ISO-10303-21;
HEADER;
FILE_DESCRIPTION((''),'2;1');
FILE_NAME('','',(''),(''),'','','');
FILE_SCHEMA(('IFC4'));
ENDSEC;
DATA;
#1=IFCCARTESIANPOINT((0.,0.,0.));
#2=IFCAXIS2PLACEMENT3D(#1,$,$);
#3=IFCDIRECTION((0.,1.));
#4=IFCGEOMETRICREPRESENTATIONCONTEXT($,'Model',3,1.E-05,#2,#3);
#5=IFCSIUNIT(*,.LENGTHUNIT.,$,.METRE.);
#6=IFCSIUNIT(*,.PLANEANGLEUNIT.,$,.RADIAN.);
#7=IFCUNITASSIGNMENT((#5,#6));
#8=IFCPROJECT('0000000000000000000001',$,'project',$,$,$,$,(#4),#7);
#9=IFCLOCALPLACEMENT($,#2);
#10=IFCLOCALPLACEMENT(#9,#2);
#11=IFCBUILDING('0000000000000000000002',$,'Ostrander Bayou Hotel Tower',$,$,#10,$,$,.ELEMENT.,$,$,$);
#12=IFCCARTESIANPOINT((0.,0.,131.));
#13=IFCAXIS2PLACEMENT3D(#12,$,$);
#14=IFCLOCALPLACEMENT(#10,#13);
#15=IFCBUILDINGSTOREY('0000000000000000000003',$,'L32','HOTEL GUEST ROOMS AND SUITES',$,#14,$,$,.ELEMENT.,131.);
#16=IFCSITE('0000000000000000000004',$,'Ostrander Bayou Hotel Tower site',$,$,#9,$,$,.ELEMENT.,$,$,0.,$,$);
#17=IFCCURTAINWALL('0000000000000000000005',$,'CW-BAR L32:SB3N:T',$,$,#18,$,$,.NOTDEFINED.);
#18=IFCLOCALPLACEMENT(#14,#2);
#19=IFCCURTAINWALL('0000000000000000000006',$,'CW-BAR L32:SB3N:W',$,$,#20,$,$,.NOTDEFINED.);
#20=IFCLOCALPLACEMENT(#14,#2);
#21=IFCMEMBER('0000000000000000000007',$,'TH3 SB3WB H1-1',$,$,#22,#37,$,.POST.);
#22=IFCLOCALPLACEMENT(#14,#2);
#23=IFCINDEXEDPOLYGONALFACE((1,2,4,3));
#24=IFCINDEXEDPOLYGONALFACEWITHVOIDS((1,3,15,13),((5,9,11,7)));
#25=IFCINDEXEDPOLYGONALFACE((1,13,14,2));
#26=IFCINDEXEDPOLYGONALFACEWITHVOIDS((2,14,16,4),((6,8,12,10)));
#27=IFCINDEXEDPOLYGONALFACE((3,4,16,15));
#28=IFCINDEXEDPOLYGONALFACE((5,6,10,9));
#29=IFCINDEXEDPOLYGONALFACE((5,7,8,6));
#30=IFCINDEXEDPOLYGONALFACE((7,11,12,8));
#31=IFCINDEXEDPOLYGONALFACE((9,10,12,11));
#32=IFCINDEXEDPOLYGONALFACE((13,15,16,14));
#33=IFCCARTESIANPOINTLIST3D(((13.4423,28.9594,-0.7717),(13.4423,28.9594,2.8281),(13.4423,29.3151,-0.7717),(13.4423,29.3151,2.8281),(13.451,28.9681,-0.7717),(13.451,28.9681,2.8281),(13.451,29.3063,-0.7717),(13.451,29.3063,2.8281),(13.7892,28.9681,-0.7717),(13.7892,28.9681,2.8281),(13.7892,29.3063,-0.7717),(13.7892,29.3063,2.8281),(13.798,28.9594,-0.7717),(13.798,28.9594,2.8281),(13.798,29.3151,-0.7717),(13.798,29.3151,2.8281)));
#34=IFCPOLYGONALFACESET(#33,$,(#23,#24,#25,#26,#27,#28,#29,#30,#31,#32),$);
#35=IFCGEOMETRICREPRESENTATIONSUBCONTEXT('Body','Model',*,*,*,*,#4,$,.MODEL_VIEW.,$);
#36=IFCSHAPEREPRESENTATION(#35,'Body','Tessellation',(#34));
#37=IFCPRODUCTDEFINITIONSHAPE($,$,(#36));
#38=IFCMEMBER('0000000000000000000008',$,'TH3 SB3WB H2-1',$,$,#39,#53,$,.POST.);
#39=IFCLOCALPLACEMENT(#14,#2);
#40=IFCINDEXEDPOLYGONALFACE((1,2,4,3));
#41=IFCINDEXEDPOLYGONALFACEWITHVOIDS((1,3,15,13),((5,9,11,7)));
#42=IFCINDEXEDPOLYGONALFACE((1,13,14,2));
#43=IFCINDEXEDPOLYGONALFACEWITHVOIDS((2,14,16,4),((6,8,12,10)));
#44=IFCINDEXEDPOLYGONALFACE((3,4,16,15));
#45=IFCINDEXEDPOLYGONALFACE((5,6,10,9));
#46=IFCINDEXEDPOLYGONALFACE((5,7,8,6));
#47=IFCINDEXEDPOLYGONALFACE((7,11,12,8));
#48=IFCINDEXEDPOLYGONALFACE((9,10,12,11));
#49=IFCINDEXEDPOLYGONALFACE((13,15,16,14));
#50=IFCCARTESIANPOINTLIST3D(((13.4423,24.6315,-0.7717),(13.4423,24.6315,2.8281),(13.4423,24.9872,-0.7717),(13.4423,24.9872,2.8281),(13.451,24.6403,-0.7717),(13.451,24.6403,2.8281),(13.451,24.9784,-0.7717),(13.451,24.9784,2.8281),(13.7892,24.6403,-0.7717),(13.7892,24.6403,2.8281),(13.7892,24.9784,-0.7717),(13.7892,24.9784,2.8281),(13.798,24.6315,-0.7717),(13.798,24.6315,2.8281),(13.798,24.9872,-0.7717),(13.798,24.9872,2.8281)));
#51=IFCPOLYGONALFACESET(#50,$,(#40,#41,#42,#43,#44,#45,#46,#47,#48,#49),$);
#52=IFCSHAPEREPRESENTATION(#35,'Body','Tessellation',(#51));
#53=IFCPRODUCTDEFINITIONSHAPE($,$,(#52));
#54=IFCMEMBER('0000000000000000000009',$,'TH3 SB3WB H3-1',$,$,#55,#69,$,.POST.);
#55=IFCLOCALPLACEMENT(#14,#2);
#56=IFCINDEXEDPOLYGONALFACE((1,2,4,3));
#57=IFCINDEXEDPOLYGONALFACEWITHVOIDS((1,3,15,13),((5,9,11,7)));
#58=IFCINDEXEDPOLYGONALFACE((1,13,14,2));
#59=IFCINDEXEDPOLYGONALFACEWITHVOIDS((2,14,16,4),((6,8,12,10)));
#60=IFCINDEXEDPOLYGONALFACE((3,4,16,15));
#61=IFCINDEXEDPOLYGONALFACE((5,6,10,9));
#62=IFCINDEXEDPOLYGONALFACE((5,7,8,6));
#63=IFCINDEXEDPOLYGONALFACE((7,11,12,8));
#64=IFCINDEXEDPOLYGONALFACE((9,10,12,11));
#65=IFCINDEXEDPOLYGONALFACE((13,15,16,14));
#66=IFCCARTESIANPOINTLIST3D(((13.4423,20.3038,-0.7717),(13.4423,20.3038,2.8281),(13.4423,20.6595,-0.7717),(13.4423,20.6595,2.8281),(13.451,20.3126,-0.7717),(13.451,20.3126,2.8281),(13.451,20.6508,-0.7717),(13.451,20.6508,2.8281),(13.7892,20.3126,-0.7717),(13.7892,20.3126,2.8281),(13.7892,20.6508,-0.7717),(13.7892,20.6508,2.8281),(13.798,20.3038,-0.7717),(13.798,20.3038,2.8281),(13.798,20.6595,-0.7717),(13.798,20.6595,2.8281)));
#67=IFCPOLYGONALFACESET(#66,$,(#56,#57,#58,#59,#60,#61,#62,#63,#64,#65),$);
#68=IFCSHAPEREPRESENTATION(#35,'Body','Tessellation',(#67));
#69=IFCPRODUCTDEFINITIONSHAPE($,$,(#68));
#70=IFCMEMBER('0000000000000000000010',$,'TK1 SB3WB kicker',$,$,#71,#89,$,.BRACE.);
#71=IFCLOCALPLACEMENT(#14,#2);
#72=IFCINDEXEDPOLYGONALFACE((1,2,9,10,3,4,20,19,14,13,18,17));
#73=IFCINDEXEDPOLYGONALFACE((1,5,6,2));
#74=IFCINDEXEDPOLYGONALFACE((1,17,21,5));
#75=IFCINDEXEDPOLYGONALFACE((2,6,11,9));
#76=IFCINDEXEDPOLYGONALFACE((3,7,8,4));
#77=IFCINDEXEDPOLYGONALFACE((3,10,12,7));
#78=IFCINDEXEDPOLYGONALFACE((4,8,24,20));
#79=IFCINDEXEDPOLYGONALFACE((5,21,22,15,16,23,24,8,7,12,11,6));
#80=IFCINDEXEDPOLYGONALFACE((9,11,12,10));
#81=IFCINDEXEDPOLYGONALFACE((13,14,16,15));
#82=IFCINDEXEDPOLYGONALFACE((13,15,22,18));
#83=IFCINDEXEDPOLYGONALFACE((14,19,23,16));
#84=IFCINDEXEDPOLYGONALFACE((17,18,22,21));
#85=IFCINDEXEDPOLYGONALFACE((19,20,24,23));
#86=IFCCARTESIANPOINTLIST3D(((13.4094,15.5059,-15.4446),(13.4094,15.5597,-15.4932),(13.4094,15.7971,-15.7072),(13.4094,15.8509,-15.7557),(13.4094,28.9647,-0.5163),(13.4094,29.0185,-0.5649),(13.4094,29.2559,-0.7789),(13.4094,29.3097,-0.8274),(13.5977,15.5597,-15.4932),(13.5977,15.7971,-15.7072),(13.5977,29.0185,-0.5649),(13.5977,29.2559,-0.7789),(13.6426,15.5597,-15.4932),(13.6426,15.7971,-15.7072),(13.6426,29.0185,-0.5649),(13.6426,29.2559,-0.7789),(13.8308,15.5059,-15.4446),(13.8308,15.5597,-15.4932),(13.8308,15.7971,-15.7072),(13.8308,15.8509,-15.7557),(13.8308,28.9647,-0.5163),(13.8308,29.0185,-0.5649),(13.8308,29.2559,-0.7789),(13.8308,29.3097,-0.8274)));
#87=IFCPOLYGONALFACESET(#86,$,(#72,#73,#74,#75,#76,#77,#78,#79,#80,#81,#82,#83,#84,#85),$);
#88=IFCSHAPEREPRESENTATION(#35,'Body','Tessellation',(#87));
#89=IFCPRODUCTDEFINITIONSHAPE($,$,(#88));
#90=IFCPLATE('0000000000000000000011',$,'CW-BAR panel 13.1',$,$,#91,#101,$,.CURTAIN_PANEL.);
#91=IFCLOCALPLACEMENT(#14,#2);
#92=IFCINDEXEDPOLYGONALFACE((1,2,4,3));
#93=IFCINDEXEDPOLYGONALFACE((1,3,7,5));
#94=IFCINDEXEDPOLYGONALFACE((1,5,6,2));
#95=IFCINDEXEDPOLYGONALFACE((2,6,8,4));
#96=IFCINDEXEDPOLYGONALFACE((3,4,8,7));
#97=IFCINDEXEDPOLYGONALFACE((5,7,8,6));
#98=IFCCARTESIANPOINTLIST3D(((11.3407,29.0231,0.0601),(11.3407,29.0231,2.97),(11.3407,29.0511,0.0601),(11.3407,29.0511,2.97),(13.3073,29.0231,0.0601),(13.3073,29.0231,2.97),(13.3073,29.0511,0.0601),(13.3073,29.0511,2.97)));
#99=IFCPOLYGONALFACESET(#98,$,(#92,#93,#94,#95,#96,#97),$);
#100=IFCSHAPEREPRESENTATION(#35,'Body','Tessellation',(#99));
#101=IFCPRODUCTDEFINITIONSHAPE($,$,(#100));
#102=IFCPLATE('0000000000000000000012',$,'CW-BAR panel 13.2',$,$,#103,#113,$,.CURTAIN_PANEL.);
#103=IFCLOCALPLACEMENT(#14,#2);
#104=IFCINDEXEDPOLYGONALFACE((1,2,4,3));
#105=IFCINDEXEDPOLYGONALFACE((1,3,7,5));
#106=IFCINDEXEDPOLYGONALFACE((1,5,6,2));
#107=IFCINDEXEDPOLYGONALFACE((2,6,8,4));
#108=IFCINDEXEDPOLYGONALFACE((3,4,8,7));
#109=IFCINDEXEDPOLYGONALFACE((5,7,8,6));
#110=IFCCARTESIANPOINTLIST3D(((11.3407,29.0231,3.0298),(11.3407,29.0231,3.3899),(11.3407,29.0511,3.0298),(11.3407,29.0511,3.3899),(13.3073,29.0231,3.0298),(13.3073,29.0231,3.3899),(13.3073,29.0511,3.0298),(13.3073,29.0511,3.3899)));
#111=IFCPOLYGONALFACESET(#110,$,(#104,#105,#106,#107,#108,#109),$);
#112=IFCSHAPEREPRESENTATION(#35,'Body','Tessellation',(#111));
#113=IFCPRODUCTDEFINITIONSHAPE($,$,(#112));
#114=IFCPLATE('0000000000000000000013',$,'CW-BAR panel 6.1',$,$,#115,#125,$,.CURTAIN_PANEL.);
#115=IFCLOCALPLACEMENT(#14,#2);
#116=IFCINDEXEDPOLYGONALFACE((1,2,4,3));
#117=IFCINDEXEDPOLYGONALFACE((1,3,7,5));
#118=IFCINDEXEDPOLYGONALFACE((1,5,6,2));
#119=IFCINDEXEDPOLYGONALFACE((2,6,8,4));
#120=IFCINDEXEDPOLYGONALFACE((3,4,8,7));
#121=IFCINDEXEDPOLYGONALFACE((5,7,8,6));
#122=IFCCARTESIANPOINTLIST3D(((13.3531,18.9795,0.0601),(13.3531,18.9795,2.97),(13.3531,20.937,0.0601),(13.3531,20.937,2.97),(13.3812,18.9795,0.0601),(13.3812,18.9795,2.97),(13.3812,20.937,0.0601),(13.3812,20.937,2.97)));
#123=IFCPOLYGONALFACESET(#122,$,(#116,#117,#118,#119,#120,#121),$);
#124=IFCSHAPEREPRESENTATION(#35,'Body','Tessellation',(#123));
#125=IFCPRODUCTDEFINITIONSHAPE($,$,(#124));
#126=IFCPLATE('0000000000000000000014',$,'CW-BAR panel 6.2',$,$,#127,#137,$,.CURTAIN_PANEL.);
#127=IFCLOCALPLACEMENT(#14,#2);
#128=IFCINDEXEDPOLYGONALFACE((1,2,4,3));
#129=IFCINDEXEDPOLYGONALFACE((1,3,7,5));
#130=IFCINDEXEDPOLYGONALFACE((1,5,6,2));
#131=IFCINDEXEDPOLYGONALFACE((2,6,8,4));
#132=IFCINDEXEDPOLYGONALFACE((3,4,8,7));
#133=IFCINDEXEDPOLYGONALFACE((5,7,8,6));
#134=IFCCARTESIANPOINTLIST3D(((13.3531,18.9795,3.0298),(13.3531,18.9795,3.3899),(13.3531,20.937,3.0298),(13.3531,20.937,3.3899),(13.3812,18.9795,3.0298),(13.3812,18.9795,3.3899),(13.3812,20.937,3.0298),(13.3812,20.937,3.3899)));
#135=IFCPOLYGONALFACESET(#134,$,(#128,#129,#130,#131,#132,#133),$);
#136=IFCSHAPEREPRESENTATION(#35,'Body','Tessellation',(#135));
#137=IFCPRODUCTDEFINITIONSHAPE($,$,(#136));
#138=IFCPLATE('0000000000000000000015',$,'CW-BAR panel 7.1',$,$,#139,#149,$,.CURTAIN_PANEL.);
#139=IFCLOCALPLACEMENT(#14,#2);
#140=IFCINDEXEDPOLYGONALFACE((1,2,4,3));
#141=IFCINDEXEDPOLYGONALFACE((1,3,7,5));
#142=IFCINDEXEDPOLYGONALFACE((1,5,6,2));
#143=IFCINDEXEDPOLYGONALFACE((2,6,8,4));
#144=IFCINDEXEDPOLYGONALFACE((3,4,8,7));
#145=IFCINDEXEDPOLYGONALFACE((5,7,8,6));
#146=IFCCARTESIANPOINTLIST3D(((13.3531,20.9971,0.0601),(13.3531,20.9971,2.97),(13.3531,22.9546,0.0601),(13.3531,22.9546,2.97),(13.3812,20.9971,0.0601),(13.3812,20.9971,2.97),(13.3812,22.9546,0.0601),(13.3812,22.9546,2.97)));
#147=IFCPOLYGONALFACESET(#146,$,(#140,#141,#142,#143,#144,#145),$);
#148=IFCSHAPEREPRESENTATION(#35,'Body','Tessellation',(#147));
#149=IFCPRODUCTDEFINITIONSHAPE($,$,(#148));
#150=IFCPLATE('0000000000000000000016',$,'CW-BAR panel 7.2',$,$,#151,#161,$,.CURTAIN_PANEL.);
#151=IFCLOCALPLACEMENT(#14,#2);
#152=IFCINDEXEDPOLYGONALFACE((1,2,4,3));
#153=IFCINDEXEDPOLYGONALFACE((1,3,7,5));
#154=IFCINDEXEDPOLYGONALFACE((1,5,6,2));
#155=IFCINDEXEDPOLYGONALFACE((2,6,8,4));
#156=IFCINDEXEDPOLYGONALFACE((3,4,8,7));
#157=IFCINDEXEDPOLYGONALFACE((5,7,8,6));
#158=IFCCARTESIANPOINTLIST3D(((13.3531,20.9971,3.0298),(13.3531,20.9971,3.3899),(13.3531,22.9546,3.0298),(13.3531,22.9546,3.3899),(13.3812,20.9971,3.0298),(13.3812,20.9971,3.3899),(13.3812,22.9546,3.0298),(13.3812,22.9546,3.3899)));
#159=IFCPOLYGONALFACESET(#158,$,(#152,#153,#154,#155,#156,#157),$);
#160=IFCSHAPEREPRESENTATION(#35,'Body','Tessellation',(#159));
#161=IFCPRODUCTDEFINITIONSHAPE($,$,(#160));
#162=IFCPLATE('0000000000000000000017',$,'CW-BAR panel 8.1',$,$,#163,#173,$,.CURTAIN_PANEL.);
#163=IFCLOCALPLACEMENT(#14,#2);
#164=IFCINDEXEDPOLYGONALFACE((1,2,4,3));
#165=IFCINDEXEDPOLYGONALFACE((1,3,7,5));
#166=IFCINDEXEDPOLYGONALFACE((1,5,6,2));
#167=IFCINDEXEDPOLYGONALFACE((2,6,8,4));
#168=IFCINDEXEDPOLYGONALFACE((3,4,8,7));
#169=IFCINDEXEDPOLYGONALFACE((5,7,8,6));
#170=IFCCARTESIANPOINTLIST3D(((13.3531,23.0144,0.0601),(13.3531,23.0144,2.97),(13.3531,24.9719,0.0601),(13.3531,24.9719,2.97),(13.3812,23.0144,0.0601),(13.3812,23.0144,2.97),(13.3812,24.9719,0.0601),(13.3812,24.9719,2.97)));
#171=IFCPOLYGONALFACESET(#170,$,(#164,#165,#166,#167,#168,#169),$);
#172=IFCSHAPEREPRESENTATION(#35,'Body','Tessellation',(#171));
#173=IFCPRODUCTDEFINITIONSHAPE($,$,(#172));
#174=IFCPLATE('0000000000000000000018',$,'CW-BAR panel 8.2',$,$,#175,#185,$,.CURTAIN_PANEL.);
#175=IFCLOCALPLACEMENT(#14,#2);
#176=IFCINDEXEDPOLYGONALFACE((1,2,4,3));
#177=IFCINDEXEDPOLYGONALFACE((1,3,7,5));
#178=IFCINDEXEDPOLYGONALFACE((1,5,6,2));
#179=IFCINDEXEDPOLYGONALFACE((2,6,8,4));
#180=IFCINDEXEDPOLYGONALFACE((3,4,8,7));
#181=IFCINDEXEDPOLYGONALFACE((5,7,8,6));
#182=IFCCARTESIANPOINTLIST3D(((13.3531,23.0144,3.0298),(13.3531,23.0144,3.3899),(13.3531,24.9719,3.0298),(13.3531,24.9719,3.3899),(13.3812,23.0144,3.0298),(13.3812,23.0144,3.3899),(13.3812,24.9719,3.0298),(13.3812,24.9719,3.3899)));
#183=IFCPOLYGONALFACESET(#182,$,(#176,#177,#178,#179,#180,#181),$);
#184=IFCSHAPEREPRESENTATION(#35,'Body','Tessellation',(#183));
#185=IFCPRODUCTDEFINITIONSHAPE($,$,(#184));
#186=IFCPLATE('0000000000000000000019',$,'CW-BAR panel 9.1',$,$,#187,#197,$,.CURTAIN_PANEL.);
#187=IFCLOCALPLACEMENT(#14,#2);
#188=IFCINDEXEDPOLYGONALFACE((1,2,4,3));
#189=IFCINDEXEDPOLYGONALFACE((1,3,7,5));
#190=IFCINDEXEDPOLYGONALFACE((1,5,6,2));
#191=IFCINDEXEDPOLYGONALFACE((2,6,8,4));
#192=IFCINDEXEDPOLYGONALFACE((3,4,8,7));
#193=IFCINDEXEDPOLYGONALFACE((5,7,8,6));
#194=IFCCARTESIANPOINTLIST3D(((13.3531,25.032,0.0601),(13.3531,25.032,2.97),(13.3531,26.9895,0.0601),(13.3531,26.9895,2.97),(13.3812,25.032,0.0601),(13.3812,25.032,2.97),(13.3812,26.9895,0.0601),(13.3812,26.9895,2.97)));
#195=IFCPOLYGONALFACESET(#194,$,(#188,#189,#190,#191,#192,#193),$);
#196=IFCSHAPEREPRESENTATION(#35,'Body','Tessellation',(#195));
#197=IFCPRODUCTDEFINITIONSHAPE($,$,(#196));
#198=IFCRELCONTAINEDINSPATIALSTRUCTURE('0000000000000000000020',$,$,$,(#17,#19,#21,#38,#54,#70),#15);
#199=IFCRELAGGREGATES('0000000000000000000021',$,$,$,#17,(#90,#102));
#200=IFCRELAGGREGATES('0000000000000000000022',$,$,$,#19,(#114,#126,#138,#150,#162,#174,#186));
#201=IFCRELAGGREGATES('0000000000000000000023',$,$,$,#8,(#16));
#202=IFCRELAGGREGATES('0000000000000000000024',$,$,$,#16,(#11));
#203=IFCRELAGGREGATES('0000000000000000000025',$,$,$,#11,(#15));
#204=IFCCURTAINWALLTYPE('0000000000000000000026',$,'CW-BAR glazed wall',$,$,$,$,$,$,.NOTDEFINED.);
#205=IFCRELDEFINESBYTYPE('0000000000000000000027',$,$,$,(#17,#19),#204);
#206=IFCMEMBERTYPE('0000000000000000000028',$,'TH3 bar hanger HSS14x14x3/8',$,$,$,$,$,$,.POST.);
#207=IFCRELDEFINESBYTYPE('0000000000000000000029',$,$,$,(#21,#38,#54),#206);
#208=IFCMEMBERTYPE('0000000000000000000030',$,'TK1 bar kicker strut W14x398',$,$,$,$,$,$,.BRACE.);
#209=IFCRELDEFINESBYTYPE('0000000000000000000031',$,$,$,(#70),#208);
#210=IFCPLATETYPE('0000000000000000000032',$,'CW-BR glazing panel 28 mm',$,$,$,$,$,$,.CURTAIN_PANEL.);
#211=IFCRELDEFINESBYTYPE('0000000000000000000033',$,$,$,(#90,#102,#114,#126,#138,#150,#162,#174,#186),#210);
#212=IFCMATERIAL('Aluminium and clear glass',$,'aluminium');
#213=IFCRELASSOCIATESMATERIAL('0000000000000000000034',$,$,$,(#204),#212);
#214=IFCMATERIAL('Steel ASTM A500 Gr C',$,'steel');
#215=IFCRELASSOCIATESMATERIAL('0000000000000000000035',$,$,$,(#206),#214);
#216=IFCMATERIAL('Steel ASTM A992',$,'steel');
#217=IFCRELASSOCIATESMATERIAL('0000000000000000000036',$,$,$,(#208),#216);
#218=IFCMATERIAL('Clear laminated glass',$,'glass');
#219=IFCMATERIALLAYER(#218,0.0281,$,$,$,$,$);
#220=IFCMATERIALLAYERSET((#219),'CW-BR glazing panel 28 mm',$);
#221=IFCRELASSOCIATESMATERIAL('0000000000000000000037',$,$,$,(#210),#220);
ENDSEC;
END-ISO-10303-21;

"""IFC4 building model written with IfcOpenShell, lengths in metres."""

from ifc_helpers import new_model, si_unit, direction, frame, origin, origin_2d, place, context, subcontext, project, spatial, rectangle, hollow_rectangle, i_section, extrude, material, layer, layer_set, material_profile, profile_set, type_object, element, aggregate, save


model = new_model("IFC4")

# Units and contexts
model_context = context("Model", 3, precision=1e-05, world=origin(), true_north=direction((0.0, 1.0)))
body_context = subcontext(model_context, "Body", "Model", "MODEL_VIEW")
ifc_project = project(units=[si_unit("LENGTHUNIT", "METRE"), si_unit("PLANEANGLEUNIT", "RADIAN")], contexts=[model_context])

# Site, building, storey
site_placement = place(None, origin())
site = spatial("IfcSite", under=ifc_project, at=site_placement, Name="Ostrander Bayou Hotel Tower site", CompositionType="ELEMENT", RefElevation=0.0)
building_placement = place(site_placement, origin())
building = spatial("IfcBuilding", under=site, at=building_placement, Name="Ostrander Bayou Hotel Tower", CompositionType="ELEMENT")
storey_placement = place(building_placement, frame((0.0, 0.0, 131.0)))
storey = spatial("IfcBuildingStorey", under=building, at=storey_placement, Name="L32", Description="HOTEL GUEST ROOMS AND SUITES", CompositionType="ELEMENT", Elevation=131.0)

# Curtain wall
ifc_material_1 = material(Name="Aluminium and clear glass", Category="aluminium")
curtain_wall_type = type_object("IfcCurtainWallType", Name="CW-BAR glazed wall", PredefinedType="NOTDEFINED", material=ifc_material_1)
curtain_wall_1_placement = place(storey_placement, origin())
curtain_wall_1 = element("IfcCurtainWall", 1, at=curtain_wall_1_placement, inside=storey, type_object=curtain_wall_type, Name="CW-BAR L32:SB3N:T", PredefinedType="NOTDEFINED")

# Curtain wall
curtain_wall_2_placement = place(storey_placement, origin())
curtain_wall_2 = element("IfcCurtainWall", 2, at=curtain_wall_2_placement, inside=storey, type_object=curtain_wall_type, Name="CW-BAR L32:SB3N:W", PredefinedType="NOTDEFINED")

# Members
ifc_material_2 = material(Name="Steel ASTM A500 Gr C", Category="steel")
ifc_material_profile_1 = material_profile(ifc_material_2, hollow_rectangle(XDim=0.3557, YDim=0.3557, WallThickness=0.0088, at=origin_2d()))
ifc_profile_set_1 = profile_set([ifc_material_profile_1], Name="Steel ASTM A500 Gr C")
member_type_1 = type_object("IfcMemberType", Name="TH3 bar hanger HSS14x14x3/8", PredefinedType="POST", material=ifc_profile_set_1)
for number, where, z_axis, x_axis, name in (
    (3, (13.6201, 29.1372, -0.7717), (0.0, 0.0, 1.0), (1.0, 0.0, 0.0), "TH3 SB3WB H1-1"),
    (4, (13.6201, 24.8093, -0.7717), (0.0, 0.0, 1.0), (1.0, 0.0, 0.0), "TH3 SB3WB H2-1"),
    (5, (13.6201, 20.4817, -0.7717), (0.0, 0.0, 1.0), (1.0, 0.0, 0.0), "TH3 SB3WB H3-1"),
):
    element("IfcMember", number, at=place(storey_placement, frame(where, z_axis=z_axis, x_axis=x_axis)), inside=storey, type_object=member_type_1, Name=name, PredefinedType="POST", context=body_context, shape_type="SweptSolid", body=[
        extrude(hollow_rectangle(XDim=0.3557, YDim=0.3557, WallThickness=0.0088, at=origin_2d()), origin(), (0.0, 0.0, 1.0), 3.5999),
    ])
ifc_material_3 = material(Name="Steel ASTM A992", Category="steel")
ifc_material_profile_2 = material_profile(ifc_material_3, i_section(OverallWidth=0.4214, OverallDepth=0.4646, WebThickness=0.0449, FlangeThickness=0.0725, at=origin_2d()))
ifc_profile_set_2 = profile_set([ifc_material_profile_2], Name="Steel ASTM A992")
member_type_2 = type_object("IfcMemberType", Name="TK1 bar kicker strut W14x398", PredefinedType="BRACE", material=ifc_profile_set_2)
member_1_placement = place(storey_placement, frame((13.6201, 29.1372, -0.6719), z_axis=(0.0, -0.669606, -0.742716), x_axis=(1.0, 0.0, 0.0)))
element("IfcMember", 6, at=member_1_placement, inside=storey, type_object=member_type_2, Name="TK1 SB3WB kicker", PredefinedType="BRACE", context=body_context, shape_type="SweptSolid", body=[
    extrude(i_section(OverallWidth=0.4214, OverallDepth=0.4646, WebThickness=0.0449, FlangeThickness=0.0725, at=origin_2d()), origin(), (0.0, 0.0, 1.0), 20.0996),
])

# Plates
ifc_material_4 = material(Name="Clear laminated glass", Category="glass")
ifc_layer_1 = layer(ifc_material_4, 0.0281)
ifc_layer_set_1 = layer_set([ifc_layer_1], Name="CW-BR glazing panel 28 mm")
plate_type = type_object("IfcPlateType", Name="CW-BR glazing panel 28 mm", PredefinedType="CURTAIN_PANEL", material=ifc_layer_set_1)
plate_1_placement = place(storey_placement, frame((12.324, 29.0371, 0.0601), z_axis=(0.0, 0.0, 1.0), x_axis=(1.0, 0.0, 0.0)))
plate_1 = element("IfcPlate", 7, at=plate_1_placement, type_object=plate_type, Name="CW-BAR panel 13.1", PredefinedType="CURTAIN_PANEL", context=body_context, shape_type="SweptSolid", body=[
    extrude(rectangle(XDim=1.9666, YDim=0.0281, at=origin_2d()), origin(), (0.0, 0.0, 1.0), 2.9099),
])
plate_2_placement = place(storey_placement, frame((12.324, 29.0371, 3.0298), z_axis=(0.0, 0.0, 1.0), x_axis=(1.0, 0.0, 0.0)))
plate_2 = element("IfcPlate", 8, at=plate_2_placement, type_object=plate_type, Name="CW-BAR panel 13.2", PredefinedType="CURTAIN_PANEL", context=body_context, shape_type="SweptSolid", body=[
    extrude(rectangle(XDim=1.9666, YDim=0.0281, at=origin_2d()), origin(), (0.0, 0.0, 1.0), 0.3601),
])
aggregate(curtain_wall_1, [plate_1, plate_2])
plate_3_placement = place(storey_placement, frame((13.3672, 19.9583, 0.0601), z_axis=(0.0, 0.0, 1.0), x_axis=(0.0, 1.0, 0.0)))
plate_3 = element("IfcPlate", 9, at=plate_3_placement, type_object=plate_type, Name="CW-BAR panel 6.1", PredefinedType="CURTAIN_PANEL", context=body_context, shape_type="SweptSolid", body=[
    extrude(rectangle(XDim=1.9575, YDim=0.0281, at=origin_2d()), origin(), (0.0, 0.0, 1.0), 2.9099),
])
plate_4_placement = place(storey_placement, frame((13.3672, 19.9583, 3.0298), z_axis=(0.0, 0.0, 1.0), x_axis=(0.0, 1.0, 0.0)))
plate_4 = element("IfcPlate", 10, at=plate_4_placement, type_object=plate_type, Name="CW-BAR panel 6.2", PredefinedType="CURTAIN_PANEL", context=body_context, shape_type="SweptSolid", body=[
    extrude(rectangle(XDim=1.9575, YDim=0.0281, at=origin_2d()), origin(), (0.0, 0.0, 1.0), 0.3601),
])
plate_5_placement = place(storey_placement, frame((13.3672, 21.9758, 0.0601), z_axis=(0.0, 0.0, 1.0), x_axis=(0.0, 1.0, 0.0)))
plate_5 = element("IfcPlate", 11, at=plate_5_placement, type_object=plate_type, Name="CW-BAR panel 7.1", PredefinedType="CURTAIN_PANEL", context=body_context, shape_type="SweptSolid", body=[
    extrude(rectangle(XDim=1.9575, YDim=0.0281, at=origin_2d()), origin(), (0.0, 0.0, 1.0), 2.9099),
])
plate_6_placement = place(storey_placement, frame((13.3672, 21.9758, 3.0298), z_axis=(0.0, 0.0, 1.0), x_axis=(0.0, 1.0, 0.0)))
plate_6 = element("IfcPlate", 12, at=plate_6_placement, type_object=plate_type, Name="CW-BAR panel 7.2", PredefinedType="CURTAIN_PANEL", context=body_context, shape_type="SweptSolid", body=[
    extrude(rectangle(XDim=1.9575, YDim=0.0281, at=origin_2d()), origin(), (0.0, 0.0, 1.0), 0.3601),
])
plate_7_placement = place(storey_placement, frame((13.3672, 23.9932, 0.0601), z_axis=(0.0, 0.0, 1.0), x_axis=(0.0, 1.0, 0.0)))
plate_7 = element("IfcPlate", 13, at=plate_7_placement, type_object=plate_type, Name="CW-BAR panel 8.1", PredefinedType="CURTAIN_PANEL", context=body_context, shape_type="SweptSolid", body=[
    extrude(rectangle(XDim=1.9575, YDim=0.0281, at=origin_2d()), origin(), (0.0, 0.0, 1.0), 2.9099),
])
plate_8_placement = place(storey_placement, frame((13.3672, 23.9932, 3.0298), z_axis=(0.0, 0.0, 1.0), x_axis=(0.0, 1.0, 0.0)))
plate_8 = element("IfcPlate", 14, at=plate_8_placement, type_object=plate_type, Name="CW-BAR panel 8.2", PredefinedType="CURTAIN_PANEL", context=body_context, shape_type="SweptSolid", body=[
    extrude(rectangle(XDim=1.9575, YDim=0.0281, at=origin_2d()), origin(), (0.0, 0.0, 1.0), 0.3601),
])
plate_9_placement = place(storey_placement, frame((13.3672, 26.0107, 0.0601), z_axis=(0.0, 0.0, 1.0), x_axis=(0.0, 1.0, 0.0)))
plate_9 = element("IfcPlate", 15, at=plate_9_placement, type_object=plate_type, Name="CW-BAR panel 9.1", PredefinedType="CURTAIN_PANEL", context=body_context, shape_type="SweptSolid", body=[
    extrude(rectangle(XDim=1.9575, YDim=0.0281, at=origin_2d()), origin(), (0.0, 0.0, 1.0), 2.9099),
])
aggregate(curtain_wall_2, [plate_3, plate_4, plate_5, plate_6, plate_7, plate_8, plate_9])

save(model, "model.ifc")
